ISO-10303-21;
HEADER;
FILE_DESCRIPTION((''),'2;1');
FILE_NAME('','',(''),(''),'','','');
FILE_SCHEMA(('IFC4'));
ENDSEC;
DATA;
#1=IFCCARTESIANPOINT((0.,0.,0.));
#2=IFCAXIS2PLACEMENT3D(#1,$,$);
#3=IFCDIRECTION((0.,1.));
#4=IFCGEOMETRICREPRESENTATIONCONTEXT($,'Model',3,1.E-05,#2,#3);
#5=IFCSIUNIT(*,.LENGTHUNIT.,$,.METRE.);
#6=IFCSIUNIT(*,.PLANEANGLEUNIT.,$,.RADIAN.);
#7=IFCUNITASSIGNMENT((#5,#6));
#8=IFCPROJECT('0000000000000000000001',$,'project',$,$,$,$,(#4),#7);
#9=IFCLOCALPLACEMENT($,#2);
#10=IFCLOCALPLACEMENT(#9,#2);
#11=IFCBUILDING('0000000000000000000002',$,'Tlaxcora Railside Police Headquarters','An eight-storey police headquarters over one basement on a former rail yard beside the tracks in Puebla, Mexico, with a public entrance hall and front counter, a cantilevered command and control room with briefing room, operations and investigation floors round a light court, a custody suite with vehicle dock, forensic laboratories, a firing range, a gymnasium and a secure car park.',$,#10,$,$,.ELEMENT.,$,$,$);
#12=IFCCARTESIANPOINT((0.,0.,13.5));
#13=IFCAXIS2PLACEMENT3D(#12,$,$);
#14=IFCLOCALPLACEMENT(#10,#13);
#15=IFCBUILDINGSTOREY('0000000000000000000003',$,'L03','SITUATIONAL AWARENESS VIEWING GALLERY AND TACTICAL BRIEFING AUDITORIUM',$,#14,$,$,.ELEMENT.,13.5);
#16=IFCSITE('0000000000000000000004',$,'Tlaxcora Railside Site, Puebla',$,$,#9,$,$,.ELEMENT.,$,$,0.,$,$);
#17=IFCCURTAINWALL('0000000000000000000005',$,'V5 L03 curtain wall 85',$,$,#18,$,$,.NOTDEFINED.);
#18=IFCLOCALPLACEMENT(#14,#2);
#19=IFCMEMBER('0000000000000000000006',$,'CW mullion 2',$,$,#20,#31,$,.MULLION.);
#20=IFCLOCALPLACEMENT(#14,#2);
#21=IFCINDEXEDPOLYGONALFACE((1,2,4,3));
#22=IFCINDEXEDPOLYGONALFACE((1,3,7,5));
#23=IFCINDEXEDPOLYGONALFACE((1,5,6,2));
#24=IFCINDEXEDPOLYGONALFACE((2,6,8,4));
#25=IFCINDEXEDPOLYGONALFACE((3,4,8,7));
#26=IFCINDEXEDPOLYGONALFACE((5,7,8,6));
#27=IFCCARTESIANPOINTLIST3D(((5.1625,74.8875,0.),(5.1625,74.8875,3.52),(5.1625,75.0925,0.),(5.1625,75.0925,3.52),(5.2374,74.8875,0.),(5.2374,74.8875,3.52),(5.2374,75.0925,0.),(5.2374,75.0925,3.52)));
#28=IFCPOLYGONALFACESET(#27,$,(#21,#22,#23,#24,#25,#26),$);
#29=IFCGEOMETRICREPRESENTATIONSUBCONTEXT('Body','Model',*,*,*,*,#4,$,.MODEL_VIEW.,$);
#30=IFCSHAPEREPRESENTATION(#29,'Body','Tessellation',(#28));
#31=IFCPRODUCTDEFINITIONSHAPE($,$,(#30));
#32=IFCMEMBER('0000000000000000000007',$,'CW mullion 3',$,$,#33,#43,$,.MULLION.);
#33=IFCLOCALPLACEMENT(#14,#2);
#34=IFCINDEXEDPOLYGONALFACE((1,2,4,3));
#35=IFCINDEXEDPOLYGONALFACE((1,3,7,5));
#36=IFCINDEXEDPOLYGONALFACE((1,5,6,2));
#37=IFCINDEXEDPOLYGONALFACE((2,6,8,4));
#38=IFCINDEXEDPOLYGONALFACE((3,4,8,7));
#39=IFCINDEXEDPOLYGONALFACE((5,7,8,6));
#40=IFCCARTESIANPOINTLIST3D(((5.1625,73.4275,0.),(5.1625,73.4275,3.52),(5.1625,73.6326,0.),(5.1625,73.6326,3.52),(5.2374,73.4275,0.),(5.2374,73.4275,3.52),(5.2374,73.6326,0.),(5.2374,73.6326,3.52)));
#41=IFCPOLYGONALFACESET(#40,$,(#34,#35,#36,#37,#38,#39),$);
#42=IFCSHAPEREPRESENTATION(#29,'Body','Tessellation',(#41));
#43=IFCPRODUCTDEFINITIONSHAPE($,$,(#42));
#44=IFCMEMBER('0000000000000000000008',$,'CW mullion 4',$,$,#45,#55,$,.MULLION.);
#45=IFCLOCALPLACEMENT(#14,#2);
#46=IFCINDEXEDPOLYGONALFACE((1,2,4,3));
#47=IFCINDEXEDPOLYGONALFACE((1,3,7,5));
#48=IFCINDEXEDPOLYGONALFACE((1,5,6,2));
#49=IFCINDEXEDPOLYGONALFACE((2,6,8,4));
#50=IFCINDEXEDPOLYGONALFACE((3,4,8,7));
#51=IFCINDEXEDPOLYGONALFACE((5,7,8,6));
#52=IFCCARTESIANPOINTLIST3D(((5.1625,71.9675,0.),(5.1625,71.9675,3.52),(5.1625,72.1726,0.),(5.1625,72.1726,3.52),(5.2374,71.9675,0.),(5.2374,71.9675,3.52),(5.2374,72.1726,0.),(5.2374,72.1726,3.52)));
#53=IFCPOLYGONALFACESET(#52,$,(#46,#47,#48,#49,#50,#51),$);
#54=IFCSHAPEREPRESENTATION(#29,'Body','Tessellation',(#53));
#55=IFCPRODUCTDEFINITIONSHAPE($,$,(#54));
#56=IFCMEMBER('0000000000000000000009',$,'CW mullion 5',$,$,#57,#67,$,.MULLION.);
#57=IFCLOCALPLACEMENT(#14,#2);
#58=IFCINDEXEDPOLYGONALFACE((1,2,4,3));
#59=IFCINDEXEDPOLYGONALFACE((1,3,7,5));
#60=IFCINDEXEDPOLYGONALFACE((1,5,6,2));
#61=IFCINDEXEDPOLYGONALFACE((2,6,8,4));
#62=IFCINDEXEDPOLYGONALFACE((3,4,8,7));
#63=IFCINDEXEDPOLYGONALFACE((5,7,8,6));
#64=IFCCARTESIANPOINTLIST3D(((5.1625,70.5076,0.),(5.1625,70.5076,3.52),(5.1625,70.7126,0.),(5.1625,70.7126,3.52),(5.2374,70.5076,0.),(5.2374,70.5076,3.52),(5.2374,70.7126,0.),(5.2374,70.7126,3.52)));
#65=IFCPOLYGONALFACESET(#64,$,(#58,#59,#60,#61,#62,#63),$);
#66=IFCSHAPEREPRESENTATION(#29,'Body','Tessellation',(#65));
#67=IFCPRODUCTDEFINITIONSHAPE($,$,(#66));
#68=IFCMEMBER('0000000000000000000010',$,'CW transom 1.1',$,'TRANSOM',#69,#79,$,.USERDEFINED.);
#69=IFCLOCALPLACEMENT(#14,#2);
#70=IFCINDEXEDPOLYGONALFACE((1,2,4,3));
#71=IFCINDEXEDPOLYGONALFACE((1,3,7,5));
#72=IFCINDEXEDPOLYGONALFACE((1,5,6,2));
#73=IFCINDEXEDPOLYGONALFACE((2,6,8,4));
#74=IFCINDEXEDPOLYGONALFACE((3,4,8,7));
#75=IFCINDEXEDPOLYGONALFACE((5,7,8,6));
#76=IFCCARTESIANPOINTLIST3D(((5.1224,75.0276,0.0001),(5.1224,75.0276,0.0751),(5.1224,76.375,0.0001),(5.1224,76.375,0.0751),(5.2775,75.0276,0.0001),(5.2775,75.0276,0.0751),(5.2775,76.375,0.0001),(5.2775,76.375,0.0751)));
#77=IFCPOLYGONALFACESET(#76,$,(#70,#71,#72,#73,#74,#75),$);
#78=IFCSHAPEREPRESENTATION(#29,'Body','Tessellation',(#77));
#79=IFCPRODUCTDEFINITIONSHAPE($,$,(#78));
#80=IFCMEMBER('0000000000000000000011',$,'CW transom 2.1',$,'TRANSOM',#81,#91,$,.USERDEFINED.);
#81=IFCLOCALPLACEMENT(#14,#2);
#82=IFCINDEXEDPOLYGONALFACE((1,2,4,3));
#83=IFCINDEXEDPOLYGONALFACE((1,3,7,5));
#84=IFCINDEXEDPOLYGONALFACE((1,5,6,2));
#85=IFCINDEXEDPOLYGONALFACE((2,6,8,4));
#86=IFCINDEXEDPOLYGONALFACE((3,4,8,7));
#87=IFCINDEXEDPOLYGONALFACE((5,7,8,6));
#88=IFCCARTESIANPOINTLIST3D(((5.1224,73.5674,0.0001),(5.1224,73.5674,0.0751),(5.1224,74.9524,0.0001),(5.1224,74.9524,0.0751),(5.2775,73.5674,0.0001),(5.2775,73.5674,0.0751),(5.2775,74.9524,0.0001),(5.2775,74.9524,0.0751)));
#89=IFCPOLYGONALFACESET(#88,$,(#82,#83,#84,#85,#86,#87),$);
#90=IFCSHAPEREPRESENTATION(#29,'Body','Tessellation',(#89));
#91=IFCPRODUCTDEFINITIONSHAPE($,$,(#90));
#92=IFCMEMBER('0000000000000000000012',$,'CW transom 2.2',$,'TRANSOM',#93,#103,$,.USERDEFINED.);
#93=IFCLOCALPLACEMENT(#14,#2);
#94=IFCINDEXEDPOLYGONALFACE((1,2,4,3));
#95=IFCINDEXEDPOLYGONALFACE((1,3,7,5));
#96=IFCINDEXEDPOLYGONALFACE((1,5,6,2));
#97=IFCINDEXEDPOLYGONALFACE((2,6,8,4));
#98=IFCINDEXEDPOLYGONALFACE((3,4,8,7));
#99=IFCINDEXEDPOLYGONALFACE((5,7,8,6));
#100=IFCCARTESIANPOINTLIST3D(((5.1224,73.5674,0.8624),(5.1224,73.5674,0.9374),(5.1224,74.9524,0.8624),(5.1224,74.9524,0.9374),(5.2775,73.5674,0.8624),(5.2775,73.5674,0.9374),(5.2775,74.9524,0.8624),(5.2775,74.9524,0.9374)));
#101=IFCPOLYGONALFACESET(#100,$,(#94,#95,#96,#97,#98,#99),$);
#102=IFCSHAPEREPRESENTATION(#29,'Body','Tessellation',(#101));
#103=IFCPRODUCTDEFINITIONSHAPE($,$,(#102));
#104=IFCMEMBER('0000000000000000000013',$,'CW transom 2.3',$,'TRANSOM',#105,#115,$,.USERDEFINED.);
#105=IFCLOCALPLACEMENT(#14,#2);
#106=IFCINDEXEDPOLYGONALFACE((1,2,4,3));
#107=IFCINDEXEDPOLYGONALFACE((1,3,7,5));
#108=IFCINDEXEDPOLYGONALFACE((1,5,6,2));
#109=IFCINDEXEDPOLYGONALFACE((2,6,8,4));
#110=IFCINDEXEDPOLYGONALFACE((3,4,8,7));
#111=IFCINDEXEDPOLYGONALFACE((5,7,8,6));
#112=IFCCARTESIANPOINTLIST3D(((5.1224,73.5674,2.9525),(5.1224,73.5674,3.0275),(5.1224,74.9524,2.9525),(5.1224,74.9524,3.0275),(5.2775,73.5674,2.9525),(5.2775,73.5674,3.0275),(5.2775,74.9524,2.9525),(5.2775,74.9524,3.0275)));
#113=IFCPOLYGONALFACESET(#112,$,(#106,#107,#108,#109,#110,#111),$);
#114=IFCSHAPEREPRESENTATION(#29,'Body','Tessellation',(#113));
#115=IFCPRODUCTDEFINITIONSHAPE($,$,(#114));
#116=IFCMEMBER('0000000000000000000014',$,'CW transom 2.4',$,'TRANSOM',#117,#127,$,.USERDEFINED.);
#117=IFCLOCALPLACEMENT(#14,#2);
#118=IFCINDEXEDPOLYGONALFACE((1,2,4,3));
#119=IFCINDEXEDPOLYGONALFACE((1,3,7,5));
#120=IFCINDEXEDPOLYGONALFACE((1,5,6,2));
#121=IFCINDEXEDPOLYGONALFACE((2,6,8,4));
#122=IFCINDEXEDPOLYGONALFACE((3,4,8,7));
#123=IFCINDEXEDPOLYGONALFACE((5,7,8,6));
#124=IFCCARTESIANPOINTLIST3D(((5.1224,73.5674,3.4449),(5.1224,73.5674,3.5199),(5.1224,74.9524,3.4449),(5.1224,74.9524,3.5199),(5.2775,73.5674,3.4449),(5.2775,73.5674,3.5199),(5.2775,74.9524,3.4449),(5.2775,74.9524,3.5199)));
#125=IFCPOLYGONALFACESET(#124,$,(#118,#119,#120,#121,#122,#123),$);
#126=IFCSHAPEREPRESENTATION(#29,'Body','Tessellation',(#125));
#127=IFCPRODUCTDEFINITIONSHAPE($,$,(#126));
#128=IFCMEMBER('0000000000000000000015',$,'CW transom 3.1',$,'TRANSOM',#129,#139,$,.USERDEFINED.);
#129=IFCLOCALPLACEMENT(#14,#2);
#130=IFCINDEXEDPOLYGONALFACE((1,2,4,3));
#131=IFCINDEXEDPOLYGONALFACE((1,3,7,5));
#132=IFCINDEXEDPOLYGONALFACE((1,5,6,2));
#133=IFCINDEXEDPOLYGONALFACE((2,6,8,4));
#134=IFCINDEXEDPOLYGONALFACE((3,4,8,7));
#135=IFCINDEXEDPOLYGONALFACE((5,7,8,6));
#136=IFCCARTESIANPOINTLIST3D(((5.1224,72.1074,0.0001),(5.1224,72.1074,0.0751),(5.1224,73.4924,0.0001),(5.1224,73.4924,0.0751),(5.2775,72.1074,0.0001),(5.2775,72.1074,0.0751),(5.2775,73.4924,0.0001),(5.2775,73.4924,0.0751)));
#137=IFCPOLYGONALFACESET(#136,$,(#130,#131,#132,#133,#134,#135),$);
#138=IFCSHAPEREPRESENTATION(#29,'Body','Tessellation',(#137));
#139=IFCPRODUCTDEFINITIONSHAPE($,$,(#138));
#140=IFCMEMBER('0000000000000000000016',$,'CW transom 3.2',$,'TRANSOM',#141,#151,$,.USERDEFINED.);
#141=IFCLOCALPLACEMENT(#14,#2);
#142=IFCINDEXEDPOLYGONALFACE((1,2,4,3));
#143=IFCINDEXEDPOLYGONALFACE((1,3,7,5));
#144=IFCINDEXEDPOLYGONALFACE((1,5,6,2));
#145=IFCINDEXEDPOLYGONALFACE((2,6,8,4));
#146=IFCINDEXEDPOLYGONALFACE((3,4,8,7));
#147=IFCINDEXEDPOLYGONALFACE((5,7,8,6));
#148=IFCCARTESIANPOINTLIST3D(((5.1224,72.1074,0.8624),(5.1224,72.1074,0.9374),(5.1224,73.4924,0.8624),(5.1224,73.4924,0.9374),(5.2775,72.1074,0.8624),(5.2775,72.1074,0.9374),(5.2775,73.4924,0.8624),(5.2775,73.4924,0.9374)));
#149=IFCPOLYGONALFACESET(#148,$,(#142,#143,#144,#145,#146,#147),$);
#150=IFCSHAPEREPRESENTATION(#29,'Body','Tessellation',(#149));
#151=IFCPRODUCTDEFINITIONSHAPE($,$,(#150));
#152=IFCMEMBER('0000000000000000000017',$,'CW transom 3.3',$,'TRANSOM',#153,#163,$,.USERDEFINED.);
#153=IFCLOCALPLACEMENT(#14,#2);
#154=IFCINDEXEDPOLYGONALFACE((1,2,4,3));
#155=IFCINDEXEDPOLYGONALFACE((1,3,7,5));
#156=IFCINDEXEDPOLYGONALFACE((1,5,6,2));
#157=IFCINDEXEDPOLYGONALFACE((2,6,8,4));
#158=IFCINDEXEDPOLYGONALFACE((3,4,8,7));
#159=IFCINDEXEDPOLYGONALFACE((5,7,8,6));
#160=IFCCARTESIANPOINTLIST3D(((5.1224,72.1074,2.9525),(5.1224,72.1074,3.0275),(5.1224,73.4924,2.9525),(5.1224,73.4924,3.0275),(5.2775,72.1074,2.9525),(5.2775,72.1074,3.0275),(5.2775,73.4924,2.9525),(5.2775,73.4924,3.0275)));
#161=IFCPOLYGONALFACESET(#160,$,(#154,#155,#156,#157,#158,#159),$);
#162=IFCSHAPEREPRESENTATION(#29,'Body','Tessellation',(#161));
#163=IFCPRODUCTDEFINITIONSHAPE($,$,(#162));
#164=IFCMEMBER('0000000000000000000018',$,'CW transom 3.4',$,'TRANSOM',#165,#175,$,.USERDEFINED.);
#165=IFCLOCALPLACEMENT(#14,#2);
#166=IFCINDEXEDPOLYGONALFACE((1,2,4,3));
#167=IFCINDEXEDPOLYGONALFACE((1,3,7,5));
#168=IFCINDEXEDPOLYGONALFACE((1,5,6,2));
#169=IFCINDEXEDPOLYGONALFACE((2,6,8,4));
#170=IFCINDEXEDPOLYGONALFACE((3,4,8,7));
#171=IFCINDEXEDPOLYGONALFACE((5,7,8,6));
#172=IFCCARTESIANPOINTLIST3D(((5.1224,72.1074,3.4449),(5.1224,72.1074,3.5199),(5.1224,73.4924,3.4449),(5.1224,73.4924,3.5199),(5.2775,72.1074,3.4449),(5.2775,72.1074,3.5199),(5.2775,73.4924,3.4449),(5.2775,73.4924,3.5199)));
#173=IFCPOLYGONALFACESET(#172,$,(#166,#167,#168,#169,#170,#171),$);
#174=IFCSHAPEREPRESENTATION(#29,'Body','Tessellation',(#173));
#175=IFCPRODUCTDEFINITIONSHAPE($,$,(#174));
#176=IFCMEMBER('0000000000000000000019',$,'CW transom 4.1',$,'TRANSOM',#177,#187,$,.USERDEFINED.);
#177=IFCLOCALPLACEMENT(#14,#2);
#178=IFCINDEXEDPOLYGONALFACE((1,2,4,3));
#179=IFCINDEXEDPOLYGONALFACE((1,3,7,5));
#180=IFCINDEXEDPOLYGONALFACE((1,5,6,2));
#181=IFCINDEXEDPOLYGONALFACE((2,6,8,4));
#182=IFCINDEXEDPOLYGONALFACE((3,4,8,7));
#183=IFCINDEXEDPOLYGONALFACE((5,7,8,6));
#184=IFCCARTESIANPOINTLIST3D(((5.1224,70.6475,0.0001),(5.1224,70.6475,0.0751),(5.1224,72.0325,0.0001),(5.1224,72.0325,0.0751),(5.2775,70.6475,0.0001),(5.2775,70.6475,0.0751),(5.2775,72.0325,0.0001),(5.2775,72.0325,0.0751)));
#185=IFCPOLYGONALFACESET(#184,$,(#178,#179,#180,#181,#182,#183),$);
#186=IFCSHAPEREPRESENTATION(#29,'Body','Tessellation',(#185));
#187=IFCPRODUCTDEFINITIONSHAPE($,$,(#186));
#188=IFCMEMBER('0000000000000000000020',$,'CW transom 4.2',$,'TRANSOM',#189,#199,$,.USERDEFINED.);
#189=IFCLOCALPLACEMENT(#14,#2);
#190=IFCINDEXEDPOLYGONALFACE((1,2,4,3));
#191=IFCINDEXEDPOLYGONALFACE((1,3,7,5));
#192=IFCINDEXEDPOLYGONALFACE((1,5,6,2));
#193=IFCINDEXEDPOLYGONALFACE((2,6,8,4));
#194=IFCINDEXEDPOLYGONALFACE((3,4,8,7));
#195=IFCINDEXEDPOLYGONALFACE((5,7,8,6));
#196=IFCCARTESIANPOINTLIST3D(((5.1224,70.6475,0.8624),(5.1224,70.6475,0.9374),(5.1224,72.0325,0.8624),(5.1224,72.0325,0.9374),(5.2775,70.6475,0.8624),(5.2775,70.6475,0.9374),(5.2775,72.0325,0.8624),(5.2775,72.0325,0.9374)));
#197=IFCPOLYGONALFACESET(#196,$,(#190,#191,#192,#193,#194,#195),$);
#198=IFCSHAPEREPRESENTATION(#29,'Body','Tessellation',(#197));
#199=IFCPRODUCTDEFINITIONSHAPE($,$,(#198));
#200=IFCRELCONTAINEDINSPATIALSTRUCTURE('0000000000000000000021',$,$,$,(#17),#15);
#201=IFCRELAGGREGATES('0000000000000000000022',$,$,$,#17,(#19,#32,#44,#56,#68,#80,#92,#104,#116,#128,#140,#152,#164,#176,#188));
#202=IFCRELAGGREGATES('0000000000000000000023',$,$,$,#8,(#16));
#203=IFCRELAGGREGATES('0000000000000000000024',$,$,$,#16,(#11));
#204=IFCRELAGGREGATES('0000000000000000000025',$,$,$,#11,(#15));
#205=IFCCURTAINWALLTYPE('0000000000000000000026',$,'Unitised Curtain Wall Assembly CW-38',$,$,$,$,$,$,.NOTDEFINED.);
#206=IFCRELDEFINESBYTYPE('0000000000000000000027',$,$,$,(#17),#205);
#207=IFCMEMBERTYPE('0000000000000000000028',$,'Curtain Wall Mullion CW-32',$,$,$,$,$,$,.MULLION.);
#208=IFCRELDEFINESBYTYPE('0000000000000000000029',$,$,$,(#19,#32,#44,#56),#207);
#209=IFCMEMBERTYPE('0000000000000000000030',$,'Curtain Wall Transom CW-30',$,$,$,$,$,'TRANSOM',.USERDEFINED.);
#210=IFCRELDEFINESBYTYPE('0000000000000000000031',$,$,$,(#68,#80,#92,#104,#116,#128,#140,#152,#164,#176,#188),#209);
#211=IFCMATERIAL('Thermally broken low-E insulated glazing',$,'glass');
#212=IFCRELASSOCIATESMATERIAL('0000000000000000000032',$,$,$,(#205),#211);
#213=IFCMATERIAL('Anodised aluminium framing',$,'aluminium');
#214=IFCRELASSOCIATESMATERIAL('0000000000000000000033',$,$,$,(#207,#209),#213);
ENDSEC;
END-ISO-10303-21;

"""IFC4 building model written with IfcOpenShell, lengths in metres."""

from ifc_helpers import new_model, si_unit, direction, frame, origin, origin_2d, place, context, subcontext, project, spatial, rectangle, extrude, material, material_profile, profile_set, type_object, element, aggregate, save


model = new_model("IFC4")

# Units and contexts
model_context = context("Model", 3, precision=1e-05, world=origin(), true_north=direction((0.0, 1.0)))
body_context = subcontext(model_context, "Body", "Model", "MODEL_VIEW")
ifc_project = project(units=[si_unit("LENGTHUNIT", "METRE"), si_unit("PLANEANGLEUNIT", "RADIAN")], contexts=[model_context])

# Site, building, storey
site_placement = place(None, origin())
site = spatial("IfcSite", under=ifc_project, at=site_placement, Name="Tlaxcora Railside Site, Puebla", CompositionType="ELEMENT", RefElevation=0.0)
building_placement = place(site_placement, origin())
building = spatial("IfcBuilding", under=site, at=building_placement, Name="Tlaxcora Railside Police Headquarters", Description="An eight-storey police headquarters over one basement on a former rail yard beside the tracks in Puebla, Mexico, with a public entrance hall and front counter, a cantilevered command and control room with briefing room, operations and investigation floors round a light court, a custody suite with vehicle dock, forensic laboratories, a firing range, a gymnasium and a secure car park.", CompositionType="ELEMENT")
storey_placement = place(building_placement, frame((0.0, 0.0, 13.5)))
storey = spatial("IfcBuildingStorey", under=building, at=storey_placement, Name="L03", Description="SITUATIONAL AWARENESS VIEWING GALLERY AND TACTICAL BRIEFING AUDITORIUM", CompositionType="ELEMENT", Elevation=13.5)

# Curtain wall, members
ifc_material_1 = material(Name="Thermally broken low-E insulated glazing", Category="glass")
curtain_wall_type = type_object("IfcCurtainWallType", Name="Unitised Curtain Wall Assembly CW-38", PredefinedType="NOTDEFINED", material=ifc_material_1)
curtain_wall_placement = place(storey_placement, origin())
curtain_wall = element("IfcCurtainWall", 1, at=curtain_wall_placement, inside=storey, type_object=curtain_wall_type, Name="V5 L03 curtain wall 85", PredefinedType="NOTDEFINED")
ifc_material_2 = material(Name="Anodised aluminium framing", Category="aluminium")
ifc_material_profile_1 = material_profile(ifc_material_2, rectangle(XDim=0.075, YDim=0.2051, at=origin_2d()), Name="AL75X205")
ifc_profile_set_1 = profile_set([ifc_material_profile_1], Name="Anodised aluminium framing")
member_type_1 = type_object("IfcMemberType", Name="Curtain Wall Mullion CW-32", PredefinedType="MULLION", material=ifc_profile_set_1)
member_1_placement = place(storey_placement, frame((5.2, 74.99, 0.0), z_axis=(0.0, 0.0, 1.0), x_axis=(1.0, 0.0, 0.0)))
member_1 = element("IfcMember", 2, at=member_1_placement, type_object=member_type_1, Name="CW mullion 2", PredefinedType="MULLION", context=body_context, shape_type="SweptSolid", body=[
    extrude(rectangle(XDim=0.075, YDim=0.2051, at=origin_2d()), origin(), (0.0, 0.0, 1.0), 3.52),
])
member_2_placement = place(storey_placement, frame((5.2, 73.53, 0.0), z_axis=(0.0, 0.0, 1.0), x_axis=(1.0, 0.0, 0.0)))
member_2 = element("IfcMember", 3, at=member_2_placement, type_object=member_type_1, Name="CW mullion 3", PredefinedType="MULLION", context=body_context, shape_type="SweptSolid", body=[
    extrude(rectangle(XDim=0.075, YDim=0.2051, at=origin_2d()), origin(), (0.0, 0.0, 1.0), 3.52),
])
member_3_placement = place(storey_placement, frame((5.2, 72.0701, 0.0), z_axis=(0.0, 0.0, 1.0), x_axis=(1.0, 0.0, 0.0)))
member_3 = element("IfcMember", 4, at=member_3_placement, type_object=member_type_1, Name="CW mullion 4", PredefinedType="MULLION", context=body_context, shape_type="SweptSolid", body=[
    extrude(rectangle(XDim=0.075, YDim=0.2051, at=origin_2d()), origin(), (0.0, 0.0, 1.0), 3.52),
])
member_4_placement = place(storey_placement, frame((5.2, 70.6101, 0.0), z_axis=(0.0, 0.0, 1.0), x_axis=(1.0, 0.0, 0.0)))
member_4 = element("IfcMember", 5, at=member_4_placement, type_object=member_type_1, Name="CW mullion 5", PredefinedType="MULLION", context=body_context, shape_type="SweptSolid", body=[
    extrude(rectangle(XDim=0.075, YDim=0.2051, at=origin_2d()), origin(), (0.0, 0.0, 1.0), 3.52),
])
ifc_material_profile_2 = material_profile(ifc_material_2, rectangle(XDim=0.155, YDim=0.075, at=origin_2d()), Name="AL75X155")
ifc_profile_set_2 = profile_set([ifc_material_profile_2], Name="Anodised aluminium framing")
member_type_2 = type_object("IfcMemberType", Name="Curtain Wall Transom CW-30", ElementType="TRANSOM", PredefinedType="USERDEFINED", material=ifc_profile_set_2)
member_5_placement = place(storey_placement, frame((5.2, 76.375, 0.0376), z_axis=(0.0, -1.0, 0.0), x_axis=(1.0, 0.0, 0.0)))
member_5 = element("IfcMember", 6, at=member_5_placement, type_object=member_type_2, Name="CW transom 1.1", ObjectType="TRANSOM", PredefinedType="USERDEFINED", context=body_context, shape_type="SweptSolid", body=[
    extrude(rectangle(XDim=0.155, YDim=0.075, at=origin_2d()), origin(), (0.0, 0.0, 1.0), 1.3474),
])
member_6_placement = place(storey_placement, frame((5.2, 74.9524, 0.0376), z_axis=(0.0, -1.0, 0.0), x_axis=(1.0, 0.0, 0.0)))
member_6 = element("IfcMember", 7, at=member_6_placement, type_object=member_type_2, Name="CW transom 2.1", ObjectType="TRANSOM", PredefinedType="USERDEFINED", context=body_context, shape_type="SweptSolid", body=[
    extrude(rectangle(XDim=0.155, YDim=0.075, at=origin_2d()), origin(), (0.0, 0.0, 1.0), 1.385),
])
member_7_placement = place(storey_placement, frame((5.2, 74.9524, 0.8999), z_axis=(0.0, -1.0, 0.0), x_axis=(1.0, 0.0, 0.0)))
member_7 = element("IfcMember", 8, at=member_7_placement, type_object=member_type_2, Name="CW transom 2.2", ObjectType="TRANSOM", PredefinedType="USERDEFINED", context=body_context, shape_type="SweptSolid", body=[
    extrude(rectangle(XDim=0.155, YDim=0.075, at=origin_2d()), origin(), (0.0, 0.0, 1.0), 1.385),
])
member_8_placement = place(storey_placement, frame((5.2, 74.9524, 2.99), z_axis=(0.0, -1.0, 0.0), x_axis=(1.0, 0.0, 0.0)))
member_8 = element("IfcMember", 9, at=member_8_placement, type_object=member_type_2, Name="CW transom 2.3", ObjectType="TRANSOM", PredefinedType="USERDEFINED", context=body_context, shape_type="SweptSolid", body=[
    extrude(rectangle(XDim=0.155, YDim=0.075, at=origin_2d()), origin(), (0.0, 0.0, 1.0), 1.385),
])
member_9_placement = place(storey_placement, frame((5.2, 74.9524, 3.4824), z_axis=(0.0, -1.0, 0.0), x_axis=(1.0, 0.0, 0.0)))
member_9 = element("IfcMember", 10, at=member_9_placement, type_object=member_type_2, Name="CW transom 2.4", ObjectType="TRANSOM", PredefinedType="USERDEFINED", context=body_context, shape_type="SweptSolid", body=[
    extrude(rectangle(XDim=0.155, YDim=0.075, at=origin_2d()), origin(), (0.0, 0.0, 1.0), 1.385),
])
member_10_placement = place(storey_placement, frame((5.2, 73.4924, 0.0376), z_axis=(0.0, -1.0, 0.0), x_axis=(1.0, 0.0, 0.0)))
member_10 = element("IfcMember", 11, at=member_10_placement, type_object=member_type_2, Name="CW transom 3.1", ObjectType="TRANSOM", PredefinedType="USERDEFINED", context=body_context, shape_type="SweptSolid", body=[
    extrude(rectangle(XDim=0.155, YDim=0.075, at=origin_2d()), origin(), (0.0, 0.0, 1.0), 1.385),
])
member_11_placement = place(storey_placement, frame((5.2, 73.4924, 0.8999), z_axis=(0.0, -1.0, 0.0), x_axis=(1.0, 0.0, 0.0)))
member_11 = element("IfcMember", 12, at=member_11_placement, type_object=member_type_2, Name="CW transom 3.2", ObjectType="TRANSOM", PredefinedType="USERDEFINED", context=body_context, shape_type="SweptSolid", body=[
    extrude(rectangle(XDim=0.155, YDim=0.075, at=origin_2d()), origin(), (0.0, 0.0, 1.0), 1.385),
])
member_12_placement = place(storey_placement, frame((5.2, 73.4924, 2.99), z_axis=(0.0, -1.0, 0.0), x_axis=(1.0, 0.0, 0.0)))
member_12 = element("IfcMember", 13, at=member_12_placement, type_object=member_type_2, Name="CW transom 3.3", ObjectType="TRANSOM", PredefinedType="USERDEFINED", context=body_context, shape_type="SweptSolid", body=[
    extrude(rectangle(XDim=0.155, YDim=0.075, at=origin_2d()), origin(), (0.0, 0.0, 1.0), 1.385),
])
member_13_placement = place(storey_placement, frame((5.2, 73.4924, 3.4824), z_axis=(0.0, -1.0, 0.0), x_axis=(1.0, 0.0, 0.0)))
member_13 = element("IfcMember", 14, at=member_13_placement, type_object=member_type_2, Name="CW transom 3.4", ObjectType="TRANSOM", PredefinedType="USERDEFINED", context=body_context, shape_type="SweptSolid", body=[
    extrude(rectangle(XDim=0.155, YDim=0.075, at=origin_2d()), origin(), (0.0, 0.0, 1.0), 1.385),
])
member_14_placement = place(storey_placement, frame((5.2, 72.0325, 0.0376), z_axis=(0.0, -1.0, 0.0), x_axis=(1.0, 0.0, 0.0)))
member_14 = element("IfcMember", 15, at=member_14_placement, type_object=member_type_2, Name="CW transom 4.1", ObjectType="TRANSOM", PredefinedType="USERDEFINED", context=body_context, shape_type="SweptSolid", body=[
    extrude(rectangle(XDim=0.155, YDim=0.075, at=origin_2d()), origin(), (0.0, 0.0, 1.0), 1.385),
])
member_15_placement = place(storey_placement, frame((5.2, 72.0325, 0.8999), z_axis=(0.0, -1.0, 0.0), x_axis=(1.0, 0.0, 0.0)))
member_15 = element("IfcMember", 16, at=member_15_placement, type_object=member_type_2, Name="CW transom 4.2", ObjectType="TRANSOM", PredefinedType="USERDEFINED", context=body_context, shape_type="SweptSolid", body=[
    extrude(rectangle(XDim=0.155, YDim=0.075, at=origin_2d()), origin(), (0.0, 0.0, 1.0), 1.385),
])
aggregate(curtain_wall, [member_1, member_2, member_3, member_4, member_5, member_6, member_7, member_8, member_9, member_10, member_11, member_12, member_13, member_14, member_15])

save(model, "model.ifc")
